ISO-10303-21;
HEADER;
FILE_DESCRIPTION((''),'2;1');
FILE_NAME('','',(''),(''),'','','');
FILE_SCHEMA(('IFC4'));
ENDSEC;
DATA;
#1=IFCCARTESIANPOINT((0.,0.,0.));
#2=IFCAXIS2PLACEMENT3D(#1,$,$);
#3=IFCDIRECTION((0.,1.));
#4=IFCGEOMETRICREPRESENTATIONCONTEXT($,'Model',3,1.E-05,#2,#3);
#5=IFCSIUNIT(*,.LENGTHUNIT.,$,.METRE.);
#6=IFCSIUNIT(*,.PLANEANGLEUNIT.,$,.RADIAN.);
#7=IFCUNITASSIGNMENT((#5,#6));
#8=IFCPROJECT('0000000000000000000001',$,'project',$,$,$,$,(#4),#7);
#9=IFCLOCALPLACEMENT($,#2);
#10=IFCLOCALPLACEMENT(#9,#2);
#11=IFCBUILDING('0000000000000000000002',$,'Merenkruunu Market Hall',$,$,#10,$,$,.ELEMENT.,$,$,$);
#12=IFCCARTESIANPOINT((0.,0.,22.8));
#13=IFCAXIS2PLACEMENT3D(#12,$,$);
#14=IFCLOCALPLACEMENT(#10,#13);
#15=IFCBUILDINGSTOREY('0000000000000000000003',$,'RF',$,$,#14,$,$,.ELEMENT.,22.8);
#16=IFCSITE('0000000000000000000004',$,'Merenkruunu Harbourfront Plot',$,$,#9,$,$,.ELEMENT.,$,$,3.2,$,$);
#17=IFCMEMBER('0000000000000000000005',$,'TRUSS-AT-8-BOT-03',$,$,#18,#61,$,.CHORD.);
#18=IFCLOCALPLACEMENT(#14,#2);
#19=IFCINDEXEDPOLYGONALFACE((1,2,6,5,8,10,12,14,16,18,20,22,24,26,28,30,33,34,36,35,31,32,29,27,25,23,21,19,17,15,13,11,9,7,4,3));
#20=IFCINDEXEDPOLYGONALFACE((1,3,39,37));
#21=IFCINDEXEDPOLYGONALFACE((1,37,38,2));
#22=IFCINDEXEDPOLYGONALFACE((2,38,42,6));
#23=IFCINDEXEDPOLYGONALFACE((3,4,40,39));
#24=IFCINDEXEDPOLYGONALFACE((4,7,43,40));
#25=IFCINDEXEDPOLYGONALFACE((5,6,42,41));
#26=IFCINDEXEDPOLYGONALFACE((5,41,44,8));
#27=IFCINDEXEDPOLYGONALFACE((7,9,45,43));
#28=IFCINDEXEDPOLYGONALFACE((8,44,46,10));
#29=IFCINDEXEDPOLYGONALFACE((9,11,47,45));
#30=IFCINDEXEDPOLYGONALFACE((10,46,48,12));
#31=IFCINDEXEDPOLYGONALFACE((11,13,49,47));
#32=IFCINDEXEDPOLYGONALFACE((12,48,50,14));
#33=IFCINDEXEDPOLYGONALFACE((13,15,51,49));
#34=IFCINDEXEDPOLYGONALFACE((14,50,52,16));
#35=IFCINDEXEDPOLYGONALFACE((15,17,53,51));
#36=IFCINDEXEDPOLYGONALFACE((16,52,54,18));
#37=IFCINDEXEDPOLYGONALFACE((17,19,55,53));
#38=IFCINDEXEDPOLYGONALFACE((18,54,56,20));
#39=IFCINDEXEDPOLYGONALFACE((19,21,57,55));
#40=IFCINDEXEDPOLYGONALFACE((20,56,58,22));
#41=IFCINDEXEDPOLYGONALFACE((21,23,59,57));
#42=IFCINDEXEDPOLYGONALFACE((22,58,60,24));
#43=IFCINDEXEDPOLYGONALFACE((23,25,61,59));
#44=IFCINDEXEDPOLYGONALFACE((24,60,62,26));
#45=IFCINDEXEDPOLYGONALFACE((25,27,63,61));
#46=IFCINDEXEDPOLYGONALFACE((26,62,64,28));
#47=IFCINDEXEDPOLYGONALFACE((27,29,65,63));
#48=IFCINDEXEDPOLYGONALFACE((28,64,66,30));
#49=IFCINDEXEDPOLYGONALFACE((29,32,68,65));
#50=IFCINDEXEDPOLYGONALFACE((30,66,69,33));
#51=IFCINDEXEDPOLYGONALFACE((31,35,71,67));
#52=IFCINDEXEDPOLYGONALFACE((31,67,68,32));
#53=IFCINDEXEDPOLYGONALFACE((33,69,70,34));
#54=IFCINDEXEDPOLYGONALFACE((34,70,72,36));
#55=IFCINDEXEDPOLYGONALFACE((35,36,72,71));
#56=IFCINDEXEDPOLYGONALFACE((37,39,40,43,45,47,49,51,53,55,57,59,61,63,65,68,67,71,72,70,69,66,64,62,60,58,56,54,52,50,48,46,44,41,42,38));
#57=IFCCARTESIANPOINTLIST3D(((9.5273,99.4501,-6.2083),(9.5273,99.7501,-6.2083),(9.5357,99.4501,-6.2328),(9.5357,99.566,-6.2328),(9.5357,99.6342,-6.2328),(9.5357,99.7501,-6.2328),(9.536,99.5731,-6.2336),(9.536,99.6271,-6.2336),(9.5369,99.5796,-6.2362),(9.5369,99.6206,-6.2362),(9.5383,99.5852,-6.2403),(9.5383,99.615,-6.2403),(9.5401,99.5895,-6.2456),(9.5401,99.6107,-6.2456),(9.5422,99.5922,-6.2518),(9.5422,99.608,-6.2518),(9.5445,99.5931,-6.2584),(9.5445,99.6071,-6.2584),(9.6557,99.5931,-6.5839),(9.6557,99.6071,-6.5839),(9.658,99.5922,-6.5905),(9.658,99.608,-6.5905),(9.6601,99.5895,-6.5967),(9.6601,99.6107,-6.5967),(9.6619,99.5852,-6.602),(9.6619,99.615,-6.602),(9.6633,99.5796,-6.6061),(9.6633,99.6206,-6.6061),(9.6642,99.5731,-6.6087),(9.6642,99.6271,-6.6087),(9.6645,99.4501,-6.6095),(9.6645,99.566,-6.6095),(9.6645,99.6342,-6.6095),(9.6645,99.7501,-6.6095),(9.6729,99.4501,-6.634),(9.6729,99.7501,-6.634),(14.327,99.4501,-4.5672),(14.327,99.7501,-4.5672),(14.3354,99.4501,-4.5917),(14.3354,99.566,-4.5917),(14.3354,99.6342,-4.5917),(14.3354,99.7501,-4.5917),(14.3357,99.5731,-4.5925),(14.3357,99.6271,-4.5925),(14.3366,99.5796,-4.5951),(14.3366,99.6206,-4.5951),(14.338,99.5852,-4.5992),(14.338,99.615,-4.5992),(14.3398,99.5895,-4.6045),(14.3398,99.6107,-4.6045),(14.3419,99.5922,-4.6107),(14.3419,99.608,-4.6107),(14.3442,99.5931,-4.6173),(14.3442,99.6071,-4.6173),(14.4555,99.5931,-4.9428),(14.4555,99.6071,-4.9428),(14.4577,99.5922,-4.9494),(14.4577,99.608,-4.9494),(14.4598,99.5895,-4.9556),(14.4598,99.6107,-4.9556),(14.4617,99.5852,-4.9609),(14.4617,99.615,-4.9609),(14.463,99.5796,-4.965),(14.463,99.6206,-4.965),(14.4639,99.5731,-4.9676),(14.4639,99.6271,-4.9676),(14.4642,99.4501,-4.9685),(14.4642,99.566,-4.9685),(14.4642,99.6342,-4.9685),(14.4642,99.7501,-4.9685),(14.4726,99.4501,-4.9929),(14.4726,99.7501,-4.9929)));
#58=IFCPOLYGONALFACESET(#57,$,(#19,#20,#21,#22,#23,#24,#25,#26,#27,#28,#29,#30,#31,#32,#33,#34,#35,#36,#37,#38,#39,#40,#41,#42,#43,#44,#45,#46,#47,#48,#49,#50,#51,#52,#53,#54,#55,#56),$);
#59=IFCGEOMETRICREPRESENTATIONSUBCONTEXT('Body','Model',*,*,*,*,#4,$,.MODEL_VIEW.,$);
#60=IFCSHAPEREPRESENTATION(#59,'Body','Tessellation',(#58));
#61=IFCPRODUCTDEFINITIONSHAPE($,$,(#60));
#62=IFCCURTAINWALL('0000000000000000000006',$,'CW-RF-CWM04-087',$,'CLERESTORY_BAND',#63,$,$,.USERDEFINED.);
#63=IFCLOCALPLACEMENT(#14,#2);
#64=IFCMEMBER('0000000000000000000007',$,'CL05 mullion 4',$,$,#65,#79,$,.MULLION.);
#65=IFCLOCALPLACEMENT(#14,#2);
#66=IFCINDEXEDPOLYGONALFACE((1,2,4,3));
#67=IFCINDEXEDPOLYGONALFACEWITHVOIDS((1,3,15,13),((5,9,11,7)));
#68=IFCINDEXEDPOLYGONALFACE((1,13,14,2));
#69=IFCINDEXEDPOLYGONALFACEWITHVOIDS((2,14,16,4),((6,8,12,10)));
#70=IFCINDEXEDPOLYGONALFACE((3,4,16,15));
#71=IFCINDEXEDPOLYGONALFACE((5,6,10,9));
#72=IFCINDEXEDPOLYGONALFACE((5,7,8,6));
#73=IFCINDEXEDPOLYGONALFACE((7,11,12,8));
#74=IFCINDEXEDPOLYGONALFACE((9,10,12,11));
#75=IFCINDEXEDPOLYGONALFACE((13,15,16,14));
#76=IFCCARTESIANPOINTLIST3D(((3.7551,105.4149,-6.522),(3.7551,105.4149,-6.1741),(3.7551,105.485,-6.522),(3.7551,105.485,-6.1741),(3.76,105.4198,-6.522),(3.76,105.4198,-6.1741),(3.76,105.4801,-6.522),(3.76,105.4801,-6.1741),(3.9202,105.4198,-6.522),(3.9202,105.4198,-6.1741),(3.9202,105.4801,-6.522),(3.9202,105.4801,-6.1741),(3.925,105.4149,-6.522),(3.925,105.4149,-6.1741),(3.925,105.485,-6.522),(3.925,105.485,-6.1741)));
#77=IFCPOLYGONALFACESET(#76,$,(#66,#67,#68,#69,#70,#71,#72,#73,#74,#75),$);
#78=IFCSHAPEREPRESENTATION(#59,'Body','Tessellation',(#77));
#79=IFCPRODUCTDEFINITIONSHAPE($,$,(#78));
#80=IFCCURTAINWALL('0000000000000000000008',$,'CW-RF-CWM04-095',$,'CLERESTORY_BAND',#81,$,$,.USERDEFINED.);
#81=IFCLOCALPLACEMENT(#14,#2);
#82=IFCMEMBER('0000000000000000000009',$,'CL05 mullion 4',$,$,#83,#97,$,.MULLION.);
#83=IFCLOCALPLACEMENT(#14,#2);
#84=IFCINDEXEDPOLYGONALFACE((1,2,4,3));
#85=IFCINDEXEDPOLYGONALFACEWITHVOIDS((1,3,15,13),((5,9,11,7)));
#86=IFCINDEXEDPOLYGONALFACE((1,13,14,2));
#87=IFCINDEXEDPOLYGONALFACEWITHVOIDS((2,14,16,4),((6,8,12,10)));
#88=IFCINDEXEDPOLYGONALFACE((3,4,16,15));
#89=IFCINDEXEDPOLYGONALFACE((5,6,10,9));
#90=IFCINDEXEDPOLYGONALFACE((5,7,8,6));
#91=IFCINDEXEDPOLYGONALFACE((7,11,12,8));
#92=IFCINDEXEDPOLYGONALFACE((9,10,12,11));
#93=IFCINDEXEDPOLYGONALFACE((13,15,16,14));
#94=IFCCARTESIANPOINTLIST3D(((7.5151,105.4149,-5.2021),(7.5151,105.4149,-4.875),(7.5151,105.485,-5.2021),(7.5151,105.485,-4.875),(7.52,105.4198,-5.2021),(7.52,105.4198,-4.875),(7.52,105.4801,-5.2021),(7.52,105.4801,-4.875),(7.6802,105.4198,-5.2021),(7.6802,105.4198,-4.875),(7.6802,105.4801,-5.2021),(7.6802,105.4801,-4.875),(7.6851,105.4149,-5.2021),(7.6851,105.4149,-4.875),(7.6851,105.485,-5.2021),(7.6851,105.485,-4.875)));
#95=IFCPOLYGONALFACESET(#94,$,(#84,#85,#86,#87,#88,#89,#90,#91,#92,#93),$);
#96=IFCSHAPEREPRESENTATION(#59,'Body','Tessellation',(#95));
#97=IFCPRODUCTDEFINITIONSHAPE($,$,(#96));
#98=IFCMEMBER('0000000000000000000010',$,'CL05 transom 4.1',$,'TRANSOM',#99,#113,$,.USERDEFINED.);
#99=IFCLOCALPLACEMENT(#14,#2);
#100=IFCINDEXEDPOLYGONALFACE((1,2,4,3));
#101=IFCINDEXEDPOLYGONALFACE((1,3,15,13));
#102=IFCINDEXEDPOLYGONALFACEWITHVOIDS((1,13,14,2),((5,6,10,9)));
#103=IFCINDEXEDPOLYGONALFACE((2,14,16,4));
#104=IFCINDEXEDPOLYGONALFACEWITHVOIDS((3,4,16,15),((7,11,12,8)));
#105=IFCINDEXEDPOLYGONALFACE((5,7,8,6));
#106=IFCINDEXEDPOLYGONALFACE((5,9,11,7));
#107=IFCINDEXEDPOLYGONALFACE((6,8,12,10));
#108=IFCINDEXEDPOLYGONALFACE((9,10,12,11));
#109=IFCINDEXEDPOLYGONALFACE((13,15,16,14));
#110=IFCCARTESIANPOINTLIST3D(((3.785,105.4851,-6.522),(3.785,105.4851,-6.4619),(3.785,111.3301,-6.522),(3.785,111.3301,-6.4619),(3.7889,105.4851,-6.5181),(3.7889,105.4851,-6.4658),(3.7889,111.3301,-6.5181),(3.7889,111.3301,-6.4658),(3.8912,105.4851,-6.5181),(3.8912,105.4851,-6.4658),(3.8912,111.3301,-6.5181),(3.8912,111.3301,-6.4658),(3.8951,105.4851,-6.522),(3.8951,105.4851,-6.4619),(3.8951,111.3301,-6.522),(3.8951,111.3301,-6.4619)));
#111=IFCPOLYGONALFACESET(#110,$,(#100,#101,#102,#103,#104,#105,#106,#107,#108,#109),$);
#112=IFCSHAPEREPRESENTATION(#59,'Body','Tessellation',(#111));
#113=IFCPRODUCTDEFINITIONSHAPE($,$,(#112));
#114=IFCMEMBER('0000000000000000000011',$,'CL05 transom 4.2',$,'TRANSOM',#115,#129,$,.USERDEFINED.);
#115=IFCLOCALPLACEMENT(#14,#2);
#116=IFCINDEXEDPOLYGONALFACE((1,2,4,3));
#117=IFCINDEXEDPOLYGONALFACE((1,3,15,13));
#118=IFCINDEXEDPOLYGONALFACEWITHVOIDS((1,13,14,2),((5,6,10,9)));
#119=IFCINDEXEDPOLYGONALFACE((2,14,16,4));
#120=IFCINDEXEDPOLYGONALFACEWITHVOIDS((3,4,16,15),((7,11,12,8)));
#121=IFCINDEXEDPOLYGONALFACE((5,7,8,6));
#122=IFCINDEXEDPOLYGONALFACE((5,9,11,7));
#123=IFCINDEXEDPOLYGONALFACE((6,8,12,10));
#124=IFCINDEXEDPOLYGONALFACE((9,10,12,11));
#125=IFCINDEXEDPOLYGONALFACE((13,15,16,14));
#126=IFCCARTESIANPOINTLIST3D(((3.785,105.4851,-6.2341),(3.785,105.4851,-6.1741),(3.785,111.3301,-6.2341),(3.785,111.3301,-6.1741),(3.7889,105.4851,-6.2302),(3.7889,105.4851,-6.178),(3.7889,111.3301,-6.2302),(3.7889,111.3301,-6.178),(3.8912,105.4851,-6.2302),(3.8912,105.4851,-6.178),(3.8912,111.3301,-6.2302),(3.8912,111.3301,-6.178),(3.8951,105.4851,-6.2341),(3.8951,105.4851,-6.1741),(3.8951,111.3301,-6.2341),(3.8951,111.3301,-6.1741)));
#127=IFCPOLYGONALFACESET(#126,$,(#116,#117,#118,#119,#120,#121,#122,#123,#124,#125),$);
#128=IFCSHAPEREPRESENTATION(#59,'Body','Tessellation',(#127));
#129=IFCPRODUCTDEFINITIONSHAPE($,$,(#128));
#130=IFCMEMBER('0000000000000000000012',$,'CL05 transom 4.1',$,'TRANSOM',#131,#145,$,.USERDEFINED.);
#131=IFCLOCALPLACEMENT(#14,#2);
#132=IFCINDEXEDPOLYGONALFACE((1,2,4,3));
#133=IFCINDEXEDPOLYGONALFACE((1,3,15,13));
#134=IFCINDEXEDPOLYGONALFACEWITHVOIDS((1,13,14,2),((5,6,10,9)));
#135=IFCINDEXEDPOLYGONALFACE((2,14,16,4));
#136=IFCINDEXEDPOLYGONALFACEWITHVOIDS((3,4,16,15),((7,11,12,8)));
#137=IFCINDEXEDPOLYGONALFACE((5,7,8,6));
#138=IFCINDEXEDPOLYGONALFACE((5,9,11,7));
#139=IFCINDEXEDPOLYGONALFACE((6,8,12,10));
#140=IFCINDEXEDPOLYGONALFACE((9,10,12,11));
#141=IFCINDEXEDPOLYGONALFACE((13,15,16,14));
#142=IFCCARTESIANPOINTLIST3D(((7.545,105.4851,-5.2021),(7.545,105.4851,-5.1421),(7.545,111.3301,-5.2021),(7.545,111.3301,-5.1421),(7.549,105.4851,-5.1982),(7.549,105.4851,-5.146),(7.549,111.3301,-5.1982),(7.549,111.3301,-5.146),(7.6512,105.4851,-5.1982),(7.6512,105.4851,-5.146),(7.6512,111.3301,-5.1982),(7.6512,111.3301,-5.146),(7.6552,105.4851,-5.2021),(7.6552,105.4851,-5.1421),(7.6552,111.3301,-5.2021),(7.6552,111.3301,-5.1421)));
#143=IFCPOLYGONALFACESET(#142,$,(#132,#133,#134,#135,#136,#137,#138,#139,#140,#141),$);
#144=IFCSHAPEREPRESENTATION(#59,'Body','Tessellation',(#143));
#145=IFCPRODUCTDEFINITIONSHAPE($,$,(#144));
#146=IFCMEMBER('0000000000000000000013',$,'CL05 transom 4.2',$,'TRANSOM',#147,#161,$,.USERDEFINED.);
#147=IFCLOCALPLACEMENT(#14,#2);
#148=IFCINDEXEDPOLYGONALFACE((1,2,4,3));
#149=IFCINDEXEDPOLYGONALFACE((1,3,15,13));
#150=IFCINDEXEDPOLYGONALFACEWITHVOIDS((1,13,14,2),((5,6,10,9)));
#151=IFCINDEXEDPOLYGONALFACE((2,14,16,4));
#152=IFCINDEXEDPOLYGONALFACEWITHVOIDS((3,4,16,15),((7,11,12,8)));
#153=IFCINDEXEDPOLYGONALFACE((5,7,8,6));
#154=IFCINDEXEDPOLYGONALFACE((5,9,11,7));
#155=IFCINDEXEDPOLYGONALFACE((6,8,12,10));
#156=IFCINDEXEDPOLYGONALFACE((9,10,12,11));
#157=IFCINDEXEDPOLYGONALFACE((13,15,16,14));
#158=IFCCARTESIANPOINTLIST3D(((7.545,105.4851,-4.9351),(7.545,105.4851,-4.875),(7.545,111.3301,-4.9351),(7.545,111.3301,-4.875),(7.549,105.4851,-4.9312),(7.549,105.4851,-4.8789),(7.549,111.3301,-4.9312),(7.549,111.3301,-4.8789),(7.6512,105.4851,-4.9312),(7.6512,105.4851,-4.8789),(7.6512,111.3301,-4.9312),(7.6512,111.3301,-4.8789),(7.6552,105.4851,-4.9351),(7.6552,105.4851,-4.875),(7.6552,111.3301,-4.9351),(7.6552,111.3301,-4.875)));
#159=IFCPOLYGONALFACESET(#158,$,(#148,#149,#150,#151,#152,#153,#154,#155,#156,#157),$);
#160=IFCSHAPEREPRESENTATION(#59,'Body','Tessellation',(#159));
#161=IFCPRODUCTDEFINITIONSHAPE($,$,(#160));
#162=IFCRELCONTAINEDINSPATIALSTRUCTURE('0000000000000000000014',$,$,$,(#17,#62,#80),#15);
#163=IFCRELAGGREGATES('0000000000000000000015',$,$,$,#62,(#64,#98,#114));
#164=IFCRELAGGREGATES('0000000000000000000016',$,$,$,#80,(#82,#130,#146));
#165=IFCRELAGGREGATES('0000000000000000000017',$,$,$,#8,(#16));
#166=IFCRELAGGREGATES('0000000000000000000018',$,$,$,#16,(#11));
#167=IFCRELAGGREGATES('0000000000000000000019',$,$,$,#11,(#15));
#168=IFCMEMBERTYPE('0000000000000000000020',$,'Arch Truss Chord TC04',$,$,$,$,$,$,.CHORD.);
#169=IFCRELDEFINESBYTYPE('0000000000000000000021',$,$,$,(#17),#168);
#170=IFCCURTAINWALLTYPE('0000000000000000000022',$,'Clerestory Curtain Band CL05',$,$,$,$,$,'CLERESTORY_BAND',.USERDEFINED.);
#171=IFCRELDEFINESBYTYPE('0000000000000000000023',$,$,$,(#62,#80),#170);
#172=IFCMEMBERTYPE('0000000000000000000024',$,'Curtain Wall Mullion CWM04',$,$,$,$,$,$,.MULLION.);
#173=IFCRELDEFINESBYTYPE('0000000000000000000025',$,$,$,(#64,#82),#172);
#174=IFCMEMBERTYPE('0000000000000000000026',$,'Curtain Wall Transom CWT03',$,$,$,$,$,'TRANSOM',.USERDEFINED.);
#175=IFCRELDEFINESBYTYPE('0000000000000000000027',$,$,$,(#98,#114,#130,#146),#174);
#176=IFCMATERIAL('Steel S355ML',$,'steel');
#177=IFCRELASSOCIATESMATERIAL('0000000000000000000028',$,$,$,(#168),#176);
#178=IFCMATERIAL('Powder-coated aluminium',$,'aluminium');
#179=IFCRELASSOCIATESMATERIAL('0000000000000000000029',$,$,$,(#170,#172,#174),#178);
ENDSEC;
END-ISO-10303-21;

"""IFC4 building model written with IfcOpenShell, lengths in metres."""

from ifc_helpers import new_model, si_unit, direction, frame, origin, origin_2d, place, context, subcontext, project, spatial, hollow_rectangle, i_section, extrude, material, material_profile, profile_set, type_object, element, aggregate, save


model = new_model("IFC4")

# Units and contexts
model_context = context("Model", 3, precision=1e-05, world=origin(), true_north=direction((0.0, 1.0)))
body_context = subcontext(model_context, "Body", "Model", "MODEL_VIEW")
ifc_project = project(units=[si_unit("LENGTHUNIT", "METRE"), si_unit("PLANEANGLEUNIT", "RADIAN")], contexts=[model_context])

# Site, building, storey
site_placement = place(None, origin())
site = spatial("IfcSite", under=ifc_project, at=site_placement, Name="Merenkruunu Harbourfront Plot", CompositionType="ELEMENT", RefElevation=3.2)
building_placement = place(site_placement, origin())
building = spatial("IfcBuilding", under=site, at=building_placement, Name="Merenkruunu Market Hall", CompositionType="ELEMENT")
storey_placement = place(building_placement, frame((0.0, 0.0, 22.8)))
storey = spatial("IfcBuildingStorey", under=building, at=storey_placement, Name="RF", CompositionType="ELEMENT", Elevation=22.8)

# Member
ifc_material_1 = material(Name="Steel S355ML", Category="steel")
ifc_material_profile_1 = material_profile(ifc_material_1, i_section(OverallWidth=0.3, OverallDepth=0.45, WebThickness=0.0139, FlangeThickness=0.0259, FilletRadius=0.0271, at=origin_2d()), Name="HEB 450")
ifc_profile_set_1 = profile_set([ifc_material_profile_1], Name="Steel S355ML")
member_type_1 = type_object("IfcMemberType", Name="Arch Truss Chord TC04", PredefinedType="CHORD", material=ifc_profile_set_1)
member_1_placement = place(storey_placement, frame((9.6001, 99.6001, -6.4211), z_axis=(0.94622, 0.0, 0.323524), x_axis=(0.0, 1.0, 0.0)))
element("IfcMember", 1, at=member_1_placement, inside=storey, type_object=member_type_1, Name="TRUSS-AT-8-BOT-03", PredefinedType="CHORD", context=body_context, shape_type="SweptSolid", body=[
    extrude(i_section(OverallWidth=0.3, OverallDepth=0.45, WebThickness=0.0139, FlangeThickness=0.0259, FilletRadius=0.0271, at=origin_2d()), origin(), (0.0, 0.0, 1.0), 5.0725),
])

# Curtain walls, members
ifc_material_2 = material(Name="Powder-coated aluminium", Category="aluminium")
curtain_wall_type = type_object("IfcCurtainWallType", Name="Clerestory Curtain Band CL05", ElementType="CLERESTORY_BAND", PredefinedType="USERDEFINED", material=ifc_material_2)
curtain_wall_1_placement = place(storey_placement, origin())
curtain_wall_1 = element("IfcCurtainWall", 2, at=curtain_wall_1_placement, inside=storey, type_object=curtain_wall_type, Name="CW-RF-CWM04-087", ObjectType="CLERESTORY_BAND", PredefinedType="USERDEFINED")
ifc_material_profile_2 = material_profile(ifc_material_2, hollow_rectangle(XDim=0.0701, YDim=0.1699, WallThickness=0.0049, at=origin_2d()), Name="ALU 70x170x5")
ifc_profile_set_2 = profile_set([ifc_material_profile_2], Name="Powder-coated aluminium")
member_type_2 = type_object("IfcMemberType", Name="Curtain Wall Mullion CWM04", PredefinedType="MULLION", material=ifc_profile_set_2)
member_2_placement = place(storey_placement, frame((3.8401, 105.45, -6.522), z_axis=(0.0, 0.0, 1.0), x_axis=(0.0, 1.0, 0.0)))
member_2 = element("IfcMember", 3, at=member_2_placement, type_object=member_type_2, Name="CL05 mullion 4", PredefinedType="MULLION", context=body_context, shape_type="SweptSolid", body=[
    extrude(hollow_rectangle(XDim=0.0701, YDim=0.1699, WallThickness=0.0049, at=origin_2d()), origin(), (0.0, 0.0, 1.0), 0.3479),
])
curtain_wall_2_placement = place(storey_placement, origin())
curtain_wall_2 = element("IfcCurtainWall", 4, at=curtain_wall_2_placement, inside=storey, type_object=curtain_wall_type, Name="CW-RF-CWM04-095", ObjectType="CLERESTORY_BAND", PredefinedType="USERDEFINED")
member_3_placement = place(storey_placement, frame((7.6001, 105.45, -5.2021), z_axis=(0.0, 0.0, 1.0), x_axis=(0.0, 1.0, 0.0)))
member_3 = element("IfcMember", 5, at=member_3_placement, type_object=member_type_2, Name="CL05 mullion 4", PredefinedType="MULLION", context=body_context, shape_type="SweptSolid", body=[
    extrude(hollow_rectangle(XDim=0.0701, YDim=0.1699, WallThickness=0.0049, at=origin_2d()), origin(), (0.0, 0.0, 1.0), 0.3271),
])

# Members
ifc_material_profile_3 = material_profile(ifc_material_2, hollow_rectangle(XDim=0.0601, YDim=0.1101, WallThickness=0.0039, at=origin_2d()), Name="ALU 60x110x4")
ifc_profile_set_3 = profile_set([ifc_material_profile_3], Name="Powder-coated aluminium")
member_type_3 = type_object("IfcMemberType", Name="Curtain Wall Transom CWT03", ElementType="TRANSOM", PredefinedType="USERDEFINED", material=ifc_profile_set_3)
member_4_placement = place(storey_placement, frame((3.8401, 105.4851, -6.4919), z_axis=(0.0, 1.0, 0.0), x_axis=(0.0, 0.0, 1.0)))
member_4 = element("IfcMember", 6, at=member_4_placement, type_object=member_type_3, Name="CL05 transom 4.1", ObjectType="TRANSOM", PredefinedType="USERDEFINED", context=body_context, shape_type="SweptSolid", body=[
    extrude(hollow_rectangle(XDim=0.0601, YDim=0.1101, WallThickness=0.0039, at=origin_2d()), origin(), (0.0, 0.0, 1.0), 5.845),
])
member_5_placement = place(storey_placement, frame((3.8401, 105.4851, -6.2041), z_axis=(0.0, 1.0, 0.0), x_axis=(0.0, 0.0, 1.0)))
member_5 = element("IfcMember", 7, at=member_5_placement, type_object=member_type_3, Name="CL05 transom 4.2", ObjectType="TRANSOM", PredefinedType="USERDEFINED", context=body_context, shape_type="SweptSolid", body=[
    extrude(hollow_rectangle(XDim=0.0601, YDim=0.1101, WallThickness=0.0039, at=origin_2d()), origin(), (0.0, 0.0, 1.0), 5.845),
])
member_6_placement = place(storey_placement, frame((7.6001, 105.4851, -5.1721), z_axis=(0.0, 1.0, 0.0), x_axis=(0.0, 0.0, 1.0)))
member_6 = element("IfcMember", 8, at=member_6_placement, type_object=member_type_3, Name="CL05 transom 4.1", ObjectType="TRANSOM", PredefinedType="USERDEFINED", context=body_context, shape_type="SweptSolid", body=[
    extrude(hollow_rectangle(XDim=0.0601, YDim=0.1101, WallThickness=0.0039, at=origin_2d()), origin(), (0.0, 0.0, 1.0), 5.845),
])
member_7_placement = place(storey_placement, frame((7.6001, 105.4851, -4.905), z_axis=(0.0, 1.0, 0.0), x_axis=(0.0, 0.0, 1.0)))
member_7 = element("IfcMember", 9, at=member_7_placement, type_object=member_type_3, Name="CL05 transom 4.2", ObjectType="TRANSOM", PredefinedType="USERDEFINED", context=body_context, shape_type="SweptSolid", body=[
    extrude(hollow_rectangle(XDim=0.0601, YDim=0.1101, WallThickness=0.0039, at=origin_2d()), origin(), (0.0, 0.0, 1.0), 5.845),
])

aggregate(curtain_wall_1, [member_2, member_4, member_5])
aggregate(curtain_wall_2, [member_3, member_6, member_7])

save(model, "model.ifc")
